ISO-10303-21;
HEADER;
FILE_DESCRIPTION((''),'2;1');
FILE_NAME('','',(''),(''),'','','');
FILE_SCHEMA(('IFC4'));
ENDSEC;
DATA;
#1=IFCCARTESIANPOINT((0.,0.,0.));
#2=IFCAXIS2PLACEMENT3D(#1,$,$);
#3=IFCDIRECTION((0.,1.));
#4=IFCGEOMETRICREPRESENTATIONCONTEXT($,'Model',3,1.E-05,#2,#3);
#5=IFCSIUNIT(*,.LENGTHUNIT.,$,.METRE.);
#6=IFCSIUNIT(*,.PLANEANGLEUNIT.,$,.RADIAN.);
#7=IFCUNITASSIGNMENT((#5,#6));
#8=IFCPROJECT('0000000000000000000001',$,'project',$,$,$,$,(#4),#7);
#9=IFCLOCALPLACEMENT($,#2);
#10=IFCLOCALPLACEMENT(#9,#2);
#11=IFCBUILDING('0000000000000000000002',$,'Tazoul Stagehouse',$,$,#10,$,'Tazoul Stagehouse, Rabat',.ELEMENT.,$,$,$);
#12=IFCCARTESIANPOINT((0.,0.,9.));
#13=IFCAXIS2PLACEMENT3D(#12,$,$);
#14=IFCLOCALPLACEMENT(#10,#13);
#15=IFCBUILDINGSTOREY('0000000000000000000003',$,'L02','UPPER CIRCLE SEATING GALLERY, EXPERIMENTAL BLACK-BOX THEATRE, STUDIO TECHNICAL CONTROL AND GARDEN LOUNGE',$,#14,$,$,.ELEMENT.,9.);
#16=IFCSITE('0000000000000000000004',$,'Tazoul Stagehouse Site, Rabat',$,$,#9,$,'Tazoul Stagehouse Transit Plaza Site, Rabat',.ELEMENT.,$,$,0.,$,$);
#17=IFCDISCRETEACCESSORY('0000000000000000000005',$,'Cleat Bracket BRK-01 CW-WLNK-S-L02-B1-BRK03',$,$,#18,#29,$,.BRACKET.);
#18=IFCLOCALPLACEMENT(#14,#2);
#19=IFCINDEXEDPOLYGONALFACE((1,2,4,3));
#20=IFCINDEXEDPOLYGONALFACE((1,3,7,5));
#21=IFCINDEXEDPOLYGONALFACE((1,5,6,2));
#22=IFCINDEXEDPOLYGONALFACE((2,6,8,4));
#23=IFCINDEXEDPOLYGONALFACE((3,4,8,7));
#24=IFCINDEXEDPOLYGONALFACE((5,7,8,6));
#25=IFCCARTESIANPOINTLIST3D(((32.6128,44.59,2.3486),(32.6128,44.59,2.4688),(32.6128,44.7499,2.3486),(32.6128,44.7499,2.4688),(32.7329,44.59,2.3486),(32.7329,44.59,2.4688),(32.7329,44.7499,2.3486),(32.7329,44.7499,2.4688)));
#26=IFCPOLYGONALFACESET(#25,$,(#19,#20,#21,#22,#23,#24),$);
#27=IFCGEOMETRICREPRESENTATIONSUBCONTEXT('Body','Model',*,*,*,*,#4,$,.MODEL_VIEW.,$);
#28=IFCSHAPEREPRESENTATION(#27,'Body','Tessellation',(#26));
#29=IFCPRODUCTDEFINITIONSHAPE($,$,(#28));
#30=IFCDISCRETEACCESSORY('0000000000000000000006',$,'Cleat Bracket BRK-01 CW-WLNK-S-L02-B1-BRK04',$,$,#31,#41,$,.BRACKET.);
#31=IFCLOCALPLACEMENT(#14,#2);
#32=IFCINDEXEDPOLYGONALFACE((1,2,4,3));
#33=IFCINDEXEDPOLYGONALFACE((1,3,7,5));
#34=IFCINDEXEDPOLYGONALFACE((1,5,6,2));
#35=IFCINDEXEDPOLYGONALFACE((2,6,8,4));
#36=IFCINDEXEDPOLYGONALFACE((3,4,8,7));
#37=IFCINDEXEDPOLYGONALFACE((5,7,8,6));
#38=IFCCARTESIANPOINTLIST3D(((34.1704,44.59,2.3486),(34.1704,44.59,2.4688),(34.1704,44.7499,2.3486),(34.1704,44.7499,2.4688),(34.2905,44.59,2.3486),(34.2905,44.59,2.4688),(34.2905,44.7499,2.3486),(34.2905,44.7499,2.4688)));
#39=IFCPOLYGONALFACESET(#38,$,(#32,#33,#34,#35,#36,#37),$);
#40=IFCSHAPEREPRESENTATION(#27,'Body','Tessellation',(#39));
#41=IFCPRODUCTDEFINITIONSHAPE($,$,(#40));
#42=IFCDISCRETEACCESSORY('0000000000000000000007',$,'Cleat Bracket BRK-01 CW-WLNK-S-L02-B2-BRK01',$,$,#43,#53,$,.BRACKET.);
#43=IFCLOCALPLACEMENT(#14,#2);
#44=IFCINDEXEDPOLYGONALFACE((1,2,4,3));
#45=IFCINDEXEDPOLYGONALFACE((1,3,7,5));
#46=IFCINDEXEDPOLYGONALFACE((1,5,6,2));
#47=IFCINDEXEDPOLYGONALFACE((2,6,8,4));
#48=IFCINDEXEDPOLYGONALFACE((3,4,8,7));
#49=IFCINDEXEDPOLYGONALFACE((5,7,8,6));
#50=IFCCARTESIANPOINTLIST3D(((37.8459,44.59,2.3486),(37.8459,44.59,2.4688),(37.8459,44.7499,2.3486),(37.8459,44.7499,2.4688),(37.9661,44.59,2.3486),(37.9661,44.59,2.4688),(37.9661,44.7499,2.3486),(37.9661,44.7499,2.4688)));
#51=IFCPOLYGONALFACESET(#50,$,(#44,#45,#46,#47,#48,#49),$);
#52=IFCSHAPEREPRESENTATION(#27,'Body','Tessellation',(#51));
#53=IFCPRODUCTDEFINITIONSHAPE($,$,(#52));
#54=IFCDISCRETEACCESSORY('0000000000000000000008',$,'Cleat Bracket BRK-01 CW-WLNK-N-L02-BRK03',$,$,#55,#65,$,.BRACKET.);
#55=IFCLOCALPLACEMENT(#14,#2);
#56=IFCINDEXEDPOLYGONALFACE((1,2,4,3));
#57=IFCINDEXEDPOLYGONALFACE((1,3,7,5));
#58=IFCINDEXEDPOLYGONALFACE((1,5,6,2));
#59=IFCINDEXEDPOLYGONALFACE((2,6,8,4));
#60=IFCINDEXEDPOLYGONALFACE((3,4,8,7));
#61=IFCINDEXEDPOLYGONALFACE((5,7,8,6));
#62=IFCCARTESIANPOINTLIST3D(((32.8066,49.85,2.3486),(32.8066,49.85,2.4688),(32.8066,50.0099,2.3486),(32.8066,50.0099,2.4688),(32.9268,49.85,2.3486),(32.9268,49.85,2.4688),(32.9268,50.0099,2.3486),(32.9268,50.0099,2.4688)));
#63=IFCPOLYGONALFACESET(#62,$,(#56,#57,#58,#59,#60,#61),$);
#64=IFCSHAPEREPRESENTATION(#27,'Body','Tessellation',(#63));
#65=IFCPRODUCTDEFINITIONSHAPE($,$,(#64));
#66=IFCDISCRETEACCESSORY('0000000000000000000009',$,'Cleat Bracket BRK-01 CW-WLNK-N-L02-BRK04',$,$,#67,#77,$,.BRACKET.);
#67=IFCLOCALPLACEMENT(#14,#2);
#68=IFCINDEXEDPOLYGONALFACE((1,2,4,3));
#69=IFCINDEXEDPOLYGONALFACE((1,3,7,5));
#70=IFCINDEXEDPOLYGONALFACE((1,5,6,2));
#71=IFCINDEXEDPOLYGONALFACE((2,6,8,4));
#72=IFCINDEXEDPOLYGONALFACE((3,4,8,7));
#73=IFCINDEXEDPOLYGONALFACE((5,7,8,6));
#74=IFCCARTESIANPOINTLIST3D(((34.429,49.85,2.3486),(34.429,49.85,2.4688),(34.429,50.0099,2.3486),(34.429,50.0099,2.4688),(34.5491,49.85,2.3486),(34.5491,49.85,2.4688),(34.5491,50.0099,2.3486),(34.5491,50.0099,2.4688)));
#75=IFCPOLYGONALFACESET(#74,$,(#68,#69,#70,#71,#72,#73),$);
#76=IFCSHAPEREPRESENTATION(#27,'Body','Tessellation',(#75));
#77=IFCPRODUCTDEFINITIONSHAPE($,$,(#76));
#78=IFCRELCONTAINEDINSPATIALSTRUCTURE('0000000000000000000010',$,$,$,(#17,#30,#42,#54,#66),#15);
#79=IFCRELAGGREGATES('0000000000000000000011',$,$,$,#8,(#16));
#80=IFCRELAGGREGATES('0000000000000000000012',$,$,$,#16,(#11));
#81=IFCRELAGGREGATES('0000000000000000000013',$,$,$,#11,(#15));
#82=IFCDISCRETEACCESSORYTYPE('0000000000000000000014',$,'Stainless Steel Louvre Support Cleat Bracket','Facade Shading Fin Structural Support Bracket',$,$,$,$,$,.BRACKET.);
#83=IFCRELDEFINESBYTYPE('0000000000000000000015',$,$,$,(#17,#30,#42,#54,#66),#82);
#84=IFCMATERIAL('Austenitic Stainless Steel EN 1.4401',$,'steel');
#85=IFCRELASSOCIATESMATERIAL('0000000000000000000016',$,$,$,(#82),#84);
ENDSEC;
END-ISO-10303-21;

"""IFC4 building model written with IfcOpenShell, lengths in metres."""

from ifc_helpers import new_model, si_unit, direction, frame, origin, origin_2d, place, context, subcontext, project, spatial, rectangle, extrude, material, type_object, element, save


model = new_model("IFC4")

# Units and contexts
model_context = context("Model", 3, precision=1e-05, world=origin(), true_north=direction((0.0, 1.0)))
body_context = subcontext(model_context, "Body", "Model", "MODEL_VIEW")
ifc_project = project(units=[si_unit("LENGTHUNIT", "METRE"), si_unit("PLANEANGLEUNIT", "RADIAN")], contexts=[model_context])

# Site, building, storey
site_placement = place(None, origin())
building_placement = place(site_placement, origin())
storey_placement = place(building_placement, frame((0.0, 0.0, 9.0)))
site = spatial("IfcSite", under=ifc_project, at=site_placement, Name="Tazoul Stagehouse Site, Rabat", LongName="Tazoul Stagehouse Transit Plaza Site, Rabat", CompositionType="ELEMENT", RefElevation=0.0)
building = spatial("IfcBuilding", under=site, at=building_placement, Name="Tazoul Stagehouse", LongName="Tazoul Stagehouse, Rabat", CompositionType="ELEMENT")
storey = spatial("IfcBuildingStorey", under=building, at=storey_placement, Name="L02", Description="UPPER CIRCLE SEATING GALLERY, EXPERIMENTAL BLACK-BOX THEATRE, STUDIO TECHNICAL CONTROL AND GARDEN LOUNGE", CompositionType="ELEMENT", Elevation=9.0)

# Discrete accessories
ifc_material_1 = material(Name="Austenitic Stainless Steel EN 1.4401", Category="steel")
discrete_accessory_type = type_object("IfcDiscreteAccessoryType", Name="Stainless Steel Louvre Support Cleat Bracket", Description="Facade Shading Fin Structural Support Bracket", PredefinedType="BRACKET", material=ifc_material_1)
for number, where, z_axis, x_axis, name in (
    (1, (32.6729, 44.6699, 2.3486), (0.0, 0.0, 1.0), (1.0, 0.0, 0.0), "Cleat Bracket BRK-01 CW-WLNK-S-L02-B1-BRK03"),
    (2, (34.2305, 44.6699, 2.3486), (0.0, 0.0, 1.0), (1.0, 0.0, 0.0), "Cleat Bracket BRK-01 CW-WLNK-S-L02-B1-BRK04"),
    (3, (37.906, 44.6699, 2.3486), (0.0, 0.0, 1.0), (1.0, 0.0, 0.0), "Cleat Bracket BRK-01 CW-WLNK-S-L02-B2-BRK01"),
    (4, (32.8667, 49.9299, 2.3486), (0.0, 0.0, 1.0), (1.0, 0.0, 0.0), "Cleat Bracket BRK-01 CW-WLNK-N-L02-BRK03"),
    (5, (34.489, 49.9299, 2.3486), (0.0, 0.0, 1.0), (1.0, 0.0, 0.0), "Cleat Bracket BRK-01 CW-WLNK-N-L02-BRK04"),
):
    element("IfcDiscreteAccessory", number, at=place(storey_placement, frame(where, z_axis=z_axis, x_axis=x_axis)), inside=storey, type_object=discrete_accessory_type, Name=name, PredefinedType="BRACKET", context=body_context, shape_type="SweptSolid", body=[
        extrude(rectangle(XDim=0.1201, YDim=0.1599, at=origin_2d()), origin(), (0.0, 0.0, 1.0), 0.1201),
    ])

save(model, "model.ifc")
